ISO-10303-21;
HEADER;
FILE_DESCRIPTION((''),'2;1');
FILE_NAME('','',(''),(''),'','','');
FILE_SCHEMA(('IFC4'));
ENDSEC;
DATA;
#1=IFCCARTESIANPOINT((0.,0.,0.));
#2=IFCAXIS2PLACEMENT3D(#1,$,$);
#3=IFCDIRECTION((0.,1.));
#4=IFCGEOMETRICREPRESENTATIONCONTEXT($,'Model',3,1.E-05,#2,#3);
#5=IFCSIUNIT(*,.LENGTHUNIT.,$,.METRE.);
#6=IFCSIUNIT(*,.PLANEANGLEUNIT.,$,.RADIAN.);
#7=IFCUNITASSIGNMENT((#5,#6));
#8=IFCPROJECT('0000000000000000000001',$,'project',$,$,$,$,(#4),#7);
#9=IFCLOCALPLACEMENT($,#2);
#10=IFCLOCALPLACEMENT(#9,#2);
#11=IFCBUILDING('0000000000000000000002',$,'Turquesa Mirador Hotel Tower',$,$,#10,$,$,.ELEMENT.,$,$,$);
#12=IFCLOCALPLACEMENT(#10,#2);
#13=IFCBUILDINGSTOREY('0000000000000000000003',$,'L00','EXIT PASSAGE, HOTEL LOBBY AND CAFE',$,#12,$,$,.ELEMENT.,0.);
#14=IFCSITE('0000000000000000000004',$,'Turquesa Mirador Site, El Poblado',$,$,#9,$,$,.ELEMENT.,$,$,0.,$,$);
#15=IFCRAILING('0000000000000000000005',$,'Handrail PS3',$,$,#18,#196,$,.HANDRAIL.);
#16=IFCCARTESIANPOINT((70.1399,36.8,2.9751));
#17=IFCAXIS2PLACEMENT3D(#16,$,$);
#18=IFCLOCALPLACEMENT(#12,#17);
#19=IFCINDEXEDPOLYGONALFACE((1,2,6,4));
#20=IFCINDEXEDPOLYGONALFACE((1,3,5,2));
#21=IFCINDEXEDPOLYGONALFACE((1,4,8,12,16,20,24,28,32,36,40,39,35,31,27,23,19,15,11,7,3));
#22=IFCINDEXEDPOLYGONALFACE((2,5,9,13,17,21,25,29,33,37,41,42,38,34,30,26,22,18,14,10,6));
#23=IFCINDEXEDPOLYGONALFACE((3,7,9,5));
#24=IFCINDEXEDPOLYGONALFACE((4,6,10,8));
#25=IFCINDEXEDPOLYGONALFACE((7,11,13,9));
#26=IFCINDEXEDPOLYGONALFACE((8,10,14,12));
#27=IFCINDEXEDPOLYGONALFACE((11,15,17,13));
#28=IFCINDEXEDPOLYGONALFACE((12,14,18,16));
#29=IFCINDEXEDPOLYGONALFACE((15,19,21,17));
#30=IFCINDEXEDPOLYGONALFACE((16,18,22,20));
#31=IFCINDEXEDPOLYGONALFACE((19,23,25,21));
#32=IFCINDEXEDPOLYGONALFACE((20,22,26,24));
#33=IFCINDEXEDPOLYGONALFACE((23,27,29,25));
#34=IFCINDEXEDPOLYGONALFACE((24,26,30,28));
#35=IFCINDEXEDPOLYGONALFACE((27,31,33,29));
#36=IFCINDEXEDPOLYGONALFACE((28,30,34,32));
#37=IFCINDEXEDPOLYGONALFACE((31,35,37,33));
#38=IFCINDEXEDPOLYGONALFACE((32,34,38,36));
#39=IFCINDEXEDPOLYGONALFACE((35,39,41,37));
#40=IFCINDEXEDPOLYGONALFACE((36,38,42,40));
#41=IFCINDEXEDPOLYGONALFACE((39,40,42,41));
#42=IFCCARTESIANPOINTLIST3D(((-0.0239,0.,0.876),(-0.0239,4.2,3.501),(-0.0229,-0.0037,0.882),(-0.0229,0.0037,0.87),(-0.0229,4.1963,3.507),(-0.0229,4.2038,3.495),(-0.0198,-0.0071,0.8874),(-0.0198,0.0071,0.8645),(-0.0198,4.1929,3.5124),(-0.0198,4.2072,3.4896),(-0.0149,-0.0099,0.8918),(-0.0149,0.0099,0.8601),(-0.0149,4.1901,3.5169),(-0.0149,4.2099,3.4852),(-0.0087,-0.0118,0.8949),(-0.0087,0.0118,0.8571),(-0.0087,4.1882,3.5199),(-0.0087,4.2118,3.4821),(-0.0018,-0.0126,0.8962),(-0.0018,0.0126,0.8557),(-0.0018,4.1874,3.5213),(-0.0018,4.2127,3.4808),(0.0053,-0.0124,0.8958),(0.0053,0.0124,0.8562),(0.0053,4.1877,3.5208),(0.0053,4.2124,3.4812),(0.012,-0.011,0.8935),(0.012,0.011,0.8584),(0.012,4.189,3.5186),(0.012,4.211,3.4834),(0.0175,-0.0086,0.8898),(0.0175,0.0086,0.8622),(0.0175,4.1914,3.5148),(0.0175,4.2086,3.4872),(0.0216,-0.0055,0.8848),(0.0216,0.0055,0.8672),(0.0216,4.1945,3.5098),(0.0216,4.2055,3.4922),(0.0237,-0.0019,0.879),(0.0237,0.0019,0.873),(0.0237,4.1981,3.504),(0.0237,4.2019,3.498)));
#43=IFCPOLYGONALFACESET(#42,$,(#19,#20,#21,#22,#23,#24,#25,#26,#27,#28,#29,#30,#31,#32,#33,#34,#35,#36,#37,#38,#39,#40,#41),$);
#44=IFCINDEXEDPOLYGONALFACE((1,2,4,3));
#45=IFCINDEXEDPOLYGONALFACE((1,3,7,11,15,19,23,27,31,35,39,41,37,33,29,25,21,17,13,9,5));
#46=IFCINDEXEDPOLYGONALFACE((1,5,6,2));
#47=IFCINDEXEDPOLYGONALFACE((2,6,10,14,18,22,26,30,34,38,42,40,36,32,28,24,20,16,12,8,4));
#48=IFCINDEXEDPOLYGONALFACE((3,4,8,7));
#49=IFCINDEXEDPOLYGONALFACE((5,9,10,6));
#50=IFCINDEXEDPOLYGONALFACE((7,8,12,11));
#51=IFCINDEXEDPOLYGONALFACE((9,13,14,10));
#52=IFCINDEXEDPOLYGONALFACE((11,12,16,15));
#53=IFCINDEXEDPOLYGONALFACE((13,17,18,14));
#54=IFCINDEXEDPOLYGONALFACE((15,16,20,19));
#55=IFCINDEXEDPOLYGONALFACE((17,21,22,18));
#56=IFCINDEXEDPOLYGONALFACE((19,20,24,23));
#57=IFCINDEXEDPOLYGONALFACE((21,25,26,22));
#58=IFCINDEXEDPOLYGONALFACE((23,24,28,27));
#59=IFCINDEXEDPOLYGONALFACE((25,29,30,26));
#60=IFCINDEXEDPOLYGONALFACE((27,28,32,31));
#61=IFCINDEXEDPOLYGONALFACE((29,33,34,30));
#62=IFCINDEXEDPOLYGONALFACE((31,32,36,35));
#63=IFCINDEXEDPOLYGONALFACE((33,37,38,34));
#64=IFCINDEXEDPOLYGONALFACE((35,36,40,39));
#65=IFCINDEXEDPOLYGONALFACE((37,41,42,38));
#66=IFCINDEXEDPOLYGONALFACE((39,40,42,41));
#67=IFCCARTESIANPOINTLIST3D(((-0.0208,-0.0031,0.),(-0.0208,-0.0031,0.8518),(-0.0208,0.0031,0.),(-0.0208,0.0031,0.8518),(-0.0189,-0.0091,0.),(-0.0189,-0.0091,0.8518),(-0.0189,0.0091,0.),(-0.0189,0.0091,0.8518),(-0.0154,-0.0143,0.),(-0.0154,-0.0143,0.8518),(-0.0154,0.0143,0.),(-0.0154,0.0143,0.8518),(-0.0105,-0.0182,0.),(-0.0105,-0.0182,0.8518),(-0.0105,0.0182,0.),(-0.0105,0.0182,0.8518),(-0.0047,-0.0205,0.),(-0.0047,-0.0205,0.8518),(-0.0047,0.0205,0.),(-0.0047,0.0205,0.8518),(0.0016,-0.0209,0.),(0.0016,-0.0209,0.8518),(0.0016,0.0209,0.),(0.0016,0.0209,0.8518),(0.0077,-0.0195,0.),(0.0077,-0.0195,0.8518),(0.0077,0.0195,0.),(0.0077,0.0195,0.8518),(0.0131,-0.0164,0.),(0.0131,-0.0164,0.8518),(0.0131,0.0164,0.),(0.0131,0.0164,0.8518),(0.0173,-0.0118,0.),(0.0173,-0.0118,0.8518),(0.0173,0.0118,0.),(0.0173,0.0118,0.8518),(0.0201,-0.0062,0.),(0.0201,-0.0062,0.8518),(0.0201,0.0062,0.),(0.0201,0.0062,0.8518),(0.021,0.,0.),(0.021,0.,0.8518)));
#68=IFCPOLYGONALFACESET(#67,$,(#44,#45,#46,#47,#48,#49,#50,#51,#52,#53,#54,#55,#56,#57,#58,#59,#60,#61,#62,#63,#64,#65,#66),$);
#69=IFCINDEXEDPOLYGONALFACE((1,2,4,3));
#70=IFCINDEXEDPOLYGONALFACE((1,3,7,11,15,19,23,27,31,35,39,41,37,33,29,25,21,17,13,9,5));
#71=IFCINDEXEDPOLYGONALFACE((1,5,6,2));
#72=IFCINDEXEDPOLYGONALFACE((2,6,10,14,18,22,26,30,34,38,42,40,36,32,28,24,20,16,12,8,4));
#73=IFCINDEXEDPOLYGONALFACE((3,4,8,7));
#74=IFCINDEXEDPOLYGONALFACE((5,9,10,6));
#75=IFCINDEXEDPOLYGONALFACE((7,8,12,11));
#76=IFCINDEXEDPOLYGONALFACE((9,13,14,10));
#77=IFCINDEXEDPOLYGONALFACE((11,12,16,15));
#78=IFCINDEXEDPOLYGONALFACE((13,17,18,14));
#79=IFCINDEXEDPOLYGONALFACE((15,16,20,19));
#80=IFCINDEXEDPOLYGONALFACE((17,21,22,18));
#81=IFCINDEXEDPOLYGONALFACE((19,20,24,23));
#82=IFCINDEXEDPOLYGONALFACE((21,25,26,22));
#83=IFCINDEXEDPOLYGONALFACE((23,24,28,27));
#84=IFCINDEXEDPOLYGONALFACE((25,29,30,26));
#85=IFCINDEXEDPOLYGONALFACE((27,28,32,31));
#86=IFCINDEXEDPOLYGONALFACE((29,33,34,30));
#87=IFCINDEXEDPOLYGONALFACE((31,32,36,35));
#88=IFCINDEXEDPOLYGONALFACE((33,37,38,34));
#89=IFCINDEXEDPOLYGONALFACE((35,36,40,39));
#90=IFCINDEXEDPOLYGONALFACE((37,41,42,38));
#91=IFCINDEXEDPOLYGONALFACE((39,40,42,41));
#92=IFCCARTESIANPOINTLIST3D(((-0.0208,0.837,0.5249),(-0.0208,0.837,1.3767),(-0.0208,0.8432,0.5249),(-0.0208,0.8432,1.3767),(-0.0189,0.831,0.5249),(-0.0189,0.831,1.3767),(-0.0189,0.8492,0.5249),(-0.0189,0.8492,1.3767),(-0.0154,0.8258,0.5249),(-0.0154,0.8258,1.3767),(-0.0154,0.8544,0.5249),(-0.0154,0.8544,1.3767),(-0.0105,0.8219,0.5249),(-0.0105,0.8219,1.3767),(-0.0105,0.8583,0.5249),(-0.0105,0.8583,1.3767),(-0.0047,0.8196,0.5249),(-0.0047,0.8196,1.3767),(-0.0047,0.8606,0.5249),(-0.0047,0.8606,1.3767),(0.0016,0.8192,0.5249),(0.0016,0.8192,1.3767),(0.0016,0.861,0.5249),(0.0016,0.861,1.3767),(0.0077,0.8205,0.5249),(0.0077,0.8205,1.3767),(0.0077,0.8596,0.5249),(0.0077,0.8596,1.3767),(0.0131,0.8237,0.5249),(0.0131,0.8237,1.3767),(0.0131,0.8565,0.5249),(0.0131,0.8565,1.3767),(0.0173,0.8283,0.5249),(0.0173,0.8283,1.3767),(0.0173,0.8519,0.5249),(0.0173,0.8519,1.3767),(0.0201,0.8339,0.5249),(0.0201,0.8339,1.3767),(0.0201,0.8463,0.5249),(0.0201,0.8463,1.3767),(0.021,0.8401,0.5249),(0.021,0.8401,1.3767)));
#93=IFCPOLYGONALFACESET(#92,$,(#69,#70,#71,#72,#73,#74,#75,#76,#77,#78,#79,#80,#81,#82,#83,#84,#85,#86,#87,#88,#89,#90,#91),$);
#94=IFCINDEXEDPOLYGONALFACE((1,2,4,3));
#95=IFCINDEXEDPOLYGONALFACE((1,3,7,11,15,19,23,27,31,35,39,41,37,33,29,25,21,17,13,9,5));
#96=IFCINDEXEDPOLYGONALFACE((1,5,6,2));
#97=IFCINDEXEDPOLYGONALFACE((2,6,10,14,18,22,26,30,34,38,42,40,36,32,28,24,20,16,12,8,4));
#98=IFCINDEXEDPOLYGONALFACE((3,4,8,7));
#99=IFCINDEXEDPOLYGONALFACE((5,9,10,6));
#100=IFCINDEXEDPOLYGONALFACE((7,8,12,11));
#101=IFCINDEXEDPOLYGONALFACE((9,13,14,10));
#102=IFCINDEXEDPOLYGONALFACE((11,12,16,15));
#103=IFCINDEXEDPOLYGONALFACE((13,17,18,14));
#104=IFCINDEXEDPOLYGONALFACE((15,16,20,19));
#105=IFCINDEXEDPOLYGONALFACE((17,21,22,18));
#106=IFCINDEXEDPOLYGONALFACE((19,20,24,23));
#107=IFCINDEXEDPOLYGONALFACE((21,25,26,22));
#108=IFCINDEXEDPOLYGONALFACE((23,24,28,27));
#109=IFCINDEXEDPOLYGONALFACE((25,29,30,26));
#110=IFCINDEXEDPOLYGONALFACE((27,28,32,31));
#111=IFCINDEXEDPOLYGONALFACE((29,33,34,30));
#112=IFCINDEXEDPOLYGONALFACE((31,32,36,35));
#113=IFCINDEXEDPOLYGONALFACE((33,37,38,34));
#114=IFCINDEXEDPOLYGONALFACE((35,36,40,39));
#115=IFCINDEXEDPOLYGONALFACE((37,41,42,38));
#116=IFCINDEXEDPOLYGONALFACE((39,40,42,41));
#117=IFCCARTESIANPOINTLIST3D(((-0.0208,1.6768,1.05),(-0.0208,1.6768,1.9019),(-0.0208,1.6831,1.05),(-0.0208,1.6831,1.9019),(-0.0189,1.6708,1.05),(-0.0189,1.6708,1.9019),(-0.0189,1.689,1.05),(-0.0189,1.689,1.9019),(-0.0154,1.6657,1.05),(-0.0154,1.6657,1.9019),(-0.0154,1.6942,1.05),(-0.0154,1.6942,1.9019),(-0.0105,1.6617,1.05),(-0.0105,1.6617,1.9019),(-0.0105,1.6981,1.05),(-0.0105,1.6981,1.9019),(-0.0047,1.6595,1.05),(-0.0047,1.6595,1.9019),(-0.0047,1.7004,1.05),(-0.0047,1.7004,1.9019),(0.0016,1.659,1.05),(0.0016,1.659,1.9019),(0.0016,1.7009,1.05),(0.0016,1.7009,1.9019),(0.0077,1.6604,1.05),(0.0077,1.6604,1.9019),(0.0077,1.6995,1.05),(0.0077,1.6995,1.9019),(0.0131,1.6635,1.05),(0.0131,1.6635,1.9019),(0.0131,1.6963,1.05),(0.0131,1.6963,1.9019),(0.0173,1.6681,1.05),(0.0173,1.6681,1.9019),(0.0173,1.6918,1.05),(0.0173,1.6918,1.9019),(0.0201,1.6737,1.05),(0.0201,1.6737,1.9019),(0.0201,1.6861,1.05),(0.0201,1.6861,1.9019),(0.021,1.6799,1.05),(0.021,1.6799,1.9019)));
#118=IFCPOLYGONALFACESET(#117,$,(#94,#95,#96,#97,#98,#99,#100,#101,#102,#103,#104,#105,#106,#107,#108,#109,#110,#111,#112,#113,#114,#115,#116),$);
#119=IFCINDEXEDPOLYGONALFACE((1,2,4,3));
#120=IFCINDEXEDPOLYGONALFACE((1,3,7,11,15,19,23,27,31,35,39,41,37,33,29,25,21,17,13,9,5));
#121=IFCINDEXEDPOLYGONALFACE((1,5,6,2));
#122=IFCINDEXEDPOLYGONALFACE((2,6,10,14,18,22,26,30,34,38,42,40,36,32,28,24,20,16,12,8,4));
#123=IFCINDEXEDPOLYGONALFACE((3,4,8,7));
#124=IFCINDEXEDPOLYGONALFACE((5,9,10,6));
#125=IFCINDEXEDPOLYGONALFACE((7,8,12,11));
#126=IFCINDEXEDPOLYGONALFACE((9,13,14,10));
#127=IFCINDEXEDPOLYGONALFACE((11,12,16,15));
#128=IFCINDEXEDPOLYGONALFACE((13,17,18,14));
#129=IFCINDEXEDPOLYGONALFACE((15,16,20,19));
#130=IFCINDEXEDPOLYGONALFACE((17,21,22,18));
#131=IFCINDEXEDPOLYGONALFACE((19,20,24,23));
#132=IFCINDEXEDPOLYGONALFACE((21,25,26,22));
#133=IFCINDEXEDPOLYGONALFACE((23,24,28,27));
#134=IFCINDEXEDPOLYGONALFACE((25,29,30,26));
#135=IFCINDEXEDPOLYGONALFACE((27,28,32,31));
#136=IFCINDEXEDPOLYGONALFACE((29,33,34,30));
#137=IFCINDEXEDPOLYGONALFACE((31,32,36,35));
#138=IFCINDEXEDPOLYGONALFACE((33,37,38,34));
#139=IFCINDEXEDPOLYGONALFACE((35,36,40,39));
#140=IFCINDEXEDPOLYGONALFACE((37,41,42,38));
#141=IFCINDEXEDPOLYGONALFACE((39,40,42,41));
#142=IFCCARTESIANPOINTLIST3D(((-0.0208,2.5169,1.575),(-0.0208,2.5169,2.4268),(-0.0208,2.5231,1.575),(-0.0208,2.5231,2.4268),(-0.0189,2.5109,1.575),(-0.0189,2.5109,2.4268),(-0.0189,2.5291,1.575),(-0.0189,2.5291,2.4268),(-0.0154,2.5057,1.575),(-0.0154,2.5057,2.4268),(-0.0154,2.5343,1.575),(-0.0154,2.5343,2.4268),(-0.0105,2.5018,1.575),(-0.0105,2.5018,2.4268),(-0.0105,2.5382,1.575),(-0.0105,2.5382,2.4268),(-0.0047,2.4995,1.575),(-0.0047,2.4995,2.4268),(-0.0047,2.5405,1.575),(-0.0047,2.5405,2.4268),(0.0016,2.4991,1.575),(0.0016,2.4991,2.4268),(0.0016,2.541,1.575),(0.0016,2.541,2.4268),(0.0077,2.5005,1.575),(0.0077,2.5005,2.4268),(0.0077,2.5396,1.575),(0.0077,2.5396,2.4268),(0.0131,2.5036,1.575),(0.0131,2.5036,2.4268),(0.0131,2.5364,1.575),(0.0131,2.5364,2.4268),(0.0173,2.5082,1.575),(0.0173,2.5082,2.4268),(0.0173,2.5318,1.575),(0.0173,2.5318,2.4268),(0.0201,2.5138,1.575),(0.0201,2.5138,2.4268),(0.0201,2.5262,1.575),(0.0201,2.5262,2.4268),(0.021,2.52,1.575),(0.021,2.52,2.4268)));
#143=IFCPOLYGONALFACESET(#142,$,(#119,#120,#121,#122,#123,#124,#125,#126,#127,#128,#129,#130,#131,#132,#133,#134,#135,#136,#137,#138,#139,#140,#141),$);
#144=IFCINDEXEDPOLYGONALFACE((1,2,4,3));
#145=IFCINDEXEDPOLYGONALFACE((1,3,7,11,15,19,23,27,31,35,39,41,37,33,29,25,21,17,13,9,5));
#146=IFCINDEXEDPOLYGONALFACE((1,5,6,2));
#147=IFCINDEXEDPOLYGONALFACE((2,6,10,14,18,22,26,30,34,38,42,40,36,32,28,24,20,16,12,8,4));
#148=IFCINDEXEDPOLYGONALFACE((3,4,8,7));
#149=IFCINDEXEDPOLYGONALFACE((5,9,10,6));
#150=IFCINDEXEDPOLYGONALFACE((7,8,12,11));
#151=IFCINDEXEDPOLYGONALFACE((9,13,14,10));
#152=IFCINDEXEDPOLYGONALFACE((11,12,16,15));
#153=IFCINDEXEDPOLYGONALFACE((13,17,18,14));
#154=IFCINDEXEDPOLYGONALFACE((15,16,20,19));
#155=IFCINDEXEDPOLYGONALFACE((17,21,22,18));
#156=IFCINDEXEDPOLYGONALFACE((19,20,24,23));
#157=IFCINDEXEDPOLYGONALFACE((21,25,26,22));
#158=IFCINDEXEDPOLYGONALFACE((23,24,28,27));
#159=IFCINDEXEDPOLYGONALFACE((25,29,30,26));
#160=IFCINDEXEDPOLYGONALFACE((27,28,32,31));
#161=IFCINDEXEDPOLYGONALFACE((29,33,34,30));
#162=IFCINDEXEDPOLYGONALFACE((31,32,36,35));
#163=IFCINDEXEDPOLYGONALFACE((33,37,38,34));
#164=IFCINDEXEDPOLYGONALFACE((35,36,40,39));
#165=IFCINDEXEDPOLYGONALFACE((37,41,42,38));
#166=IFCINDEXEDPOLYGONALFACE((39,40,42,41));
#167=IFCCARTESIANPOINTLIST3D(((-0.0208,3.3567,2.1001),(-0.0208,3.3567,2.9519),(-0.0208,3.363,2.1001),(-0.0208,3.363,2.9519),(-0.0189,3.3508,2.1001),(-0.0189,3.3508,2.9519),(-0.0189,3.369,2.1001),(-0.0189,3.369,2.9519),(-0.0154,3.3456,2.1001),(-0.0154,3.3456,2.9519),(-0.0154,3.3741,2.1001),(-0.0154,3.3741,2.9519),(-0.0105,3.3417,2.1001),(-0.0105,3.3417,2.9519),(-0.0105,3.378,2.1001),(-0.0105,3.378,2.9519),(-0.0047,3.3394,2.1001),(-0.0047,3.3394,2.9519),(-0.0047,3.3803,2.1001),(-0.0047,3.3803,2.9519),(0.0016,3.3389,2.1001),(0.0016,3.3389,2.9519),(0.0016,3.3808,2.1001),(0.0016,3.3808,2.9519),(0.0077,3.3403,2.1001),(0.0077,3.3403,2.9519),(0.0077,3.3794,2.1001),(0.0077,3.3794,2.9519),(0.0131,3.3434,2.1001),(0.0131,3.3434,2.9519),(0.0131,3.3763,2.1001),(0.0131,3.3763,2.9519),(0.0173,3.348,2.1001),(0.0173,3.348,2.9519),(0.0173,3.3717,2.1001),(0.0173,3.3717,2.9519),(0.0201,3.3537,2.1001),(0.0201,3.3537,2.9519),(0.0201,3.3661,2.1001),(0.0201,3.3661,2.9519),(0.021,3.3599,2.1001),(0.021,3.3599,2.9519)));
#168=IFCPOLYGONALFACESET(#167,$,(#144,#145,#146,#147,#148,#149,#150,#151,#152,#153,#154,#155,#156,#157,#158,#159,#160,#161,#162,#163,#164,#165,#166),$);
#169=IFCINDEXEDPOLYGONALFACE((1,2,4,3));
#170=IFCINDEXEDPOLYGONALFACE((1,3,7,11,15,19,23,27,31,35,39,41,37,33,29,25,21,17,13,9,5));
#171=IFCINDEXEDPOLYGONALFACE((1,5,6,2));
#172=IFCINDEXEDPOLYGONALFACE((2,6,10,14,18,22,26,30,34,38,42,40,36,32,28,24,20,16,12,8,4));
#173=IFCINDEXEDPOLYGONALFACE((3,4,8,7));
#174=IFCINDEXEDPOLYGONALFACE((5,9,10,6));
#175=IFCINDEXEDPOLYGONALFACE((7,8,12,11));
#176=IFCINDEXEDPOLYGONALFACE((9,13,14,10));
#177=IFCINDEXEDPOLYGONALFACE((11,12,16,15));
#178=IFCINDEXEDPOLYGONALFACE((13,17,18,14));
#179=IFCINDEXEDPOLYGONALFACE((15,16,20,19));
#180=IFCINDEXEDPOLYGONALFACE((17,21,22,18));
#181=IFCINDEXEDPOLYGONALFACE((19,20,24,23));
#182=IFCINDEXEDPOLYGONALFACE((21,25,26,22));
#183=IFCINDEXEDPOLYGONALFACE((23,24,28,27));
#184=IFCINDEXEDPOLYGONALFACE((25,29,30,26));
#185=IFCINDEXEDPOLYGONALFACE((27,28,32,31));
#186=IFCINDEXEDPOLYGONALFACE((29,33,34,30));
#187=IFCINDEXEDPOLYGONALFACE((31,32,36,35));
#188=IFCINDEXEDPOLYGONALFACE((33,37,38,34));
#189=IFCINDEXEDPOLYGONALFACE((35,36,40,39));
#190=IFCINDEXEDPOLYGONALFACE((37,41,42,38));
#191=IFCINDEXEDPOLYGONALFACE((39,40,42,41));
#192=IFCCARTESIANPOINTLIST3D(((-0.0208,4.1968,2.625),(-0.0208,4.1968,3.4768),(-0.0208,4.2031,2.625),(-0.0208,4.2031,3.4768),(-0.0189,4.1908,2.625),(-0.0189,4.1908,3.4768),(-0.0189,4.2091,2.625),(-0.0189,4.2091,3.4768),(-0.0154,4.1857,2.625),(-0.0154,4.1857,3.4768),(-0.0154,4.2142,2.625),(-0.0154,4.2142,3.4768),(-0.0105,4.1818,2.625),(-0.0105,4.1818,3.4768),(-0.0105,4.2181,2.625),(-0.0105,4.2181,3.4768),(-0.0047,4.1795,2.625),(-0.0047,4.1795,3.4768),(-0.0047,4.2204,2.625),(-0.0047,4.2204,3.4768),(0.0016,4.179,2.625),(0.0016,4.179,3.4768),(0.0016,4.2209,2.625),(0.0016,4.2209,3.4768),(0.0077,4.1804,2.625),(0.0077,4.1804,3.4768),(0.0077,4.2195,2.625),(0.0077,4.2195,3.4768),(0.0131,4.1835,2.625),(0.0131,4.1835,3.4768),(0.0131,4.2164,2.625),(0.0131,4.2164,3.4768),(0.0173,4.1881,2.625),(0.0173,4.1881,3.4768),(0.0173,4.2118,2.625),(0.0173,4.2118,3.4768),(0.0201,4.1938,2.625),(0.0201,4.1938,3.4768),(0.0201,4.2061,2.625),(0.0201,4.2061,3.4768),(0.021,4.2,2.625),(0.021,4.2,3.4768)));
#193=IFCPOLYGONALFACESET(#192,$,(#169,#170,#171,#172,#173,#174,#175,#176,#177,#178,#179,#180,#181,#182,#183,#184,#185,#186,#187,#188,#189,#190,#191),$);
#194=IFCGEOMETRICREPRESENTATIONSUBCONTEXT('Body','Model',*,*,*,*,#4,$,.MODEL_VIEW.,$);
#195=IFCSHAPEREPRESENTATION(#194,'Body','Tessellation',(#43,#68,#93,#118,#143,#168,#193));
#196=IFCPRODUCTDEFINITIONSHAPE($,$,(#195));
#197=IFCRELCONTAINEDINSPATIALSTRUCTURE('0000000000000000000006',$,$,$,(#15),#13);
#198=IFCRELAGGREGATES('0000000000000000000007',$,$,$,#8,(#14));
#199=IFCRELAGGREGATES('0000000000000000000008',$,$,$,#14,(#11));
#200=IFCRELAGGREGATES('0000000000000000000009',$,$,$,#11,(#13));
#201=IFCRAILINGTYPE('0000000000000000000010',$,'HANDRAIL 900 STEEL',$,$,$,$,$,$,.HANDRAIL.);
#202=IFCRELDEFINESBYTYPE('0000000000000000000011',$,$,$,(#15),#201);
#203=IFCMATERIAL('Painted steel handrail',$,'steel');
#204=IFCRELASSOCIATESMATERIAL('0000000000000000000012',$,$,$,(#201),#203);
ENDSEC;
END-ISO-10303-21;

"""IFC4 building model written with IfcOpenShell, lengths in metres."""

from ifc_helpers import new_model, si_unit, direction, frame, origin, origin_2d, place, context, subcontext, project, spatial, circle, extrude, material, type_object, element, save


model = new_model("IFC4")

# Units and contexts
model_context = context("Model", 3, precision=1e-05, world=origin(), true_north=direction((0.0, 1.0)))
body_context = subcontext(model_context, "Body", "Model", "MODEL_VIEW")
ifc_project = project(units=[si_unit("LENGTHUNIT", "METRE"), si_unit("PLANEANGLEUNIT", "RADIAN")], contexts=[model_context])

# Site, building, storey
site_placement = place(None, origin())
site = spatial("IfcSite", under=ifc_project, at=site_placement, Name="Turquesa Mirador Site, El Poblado", CompositionType="ELEMENT", RefElevation=0.0)
building_placement = place(site_placement, origin())
building = spatial("IfcBuilding", under=site, at=building_placement, Name="Turquesa Mirador Hotel Tower", CompositionType="ELEMENT")
storey_placement = place(building_placement, origin())
storey = spatial("IfcBuildingStorey", under=building, at=storey_placement, Name="L00", Description="EXIT PASSAGE, HOTEL LOBBY AND CAFE", CompositionType="ELEMENT", Elevation=0.0)

# Railing
ifc_material_1 = material(Name="Painted steel handrail", Category="steel")
railing_type = type_object("IfcRailingType", Name="HANDRAIL 900 STEEL", PredefinedType="HANDRAIL", material=ifc_material_1)
railing_1_placement = place(storey_placement, frame((70.1399, 36.8, 2.9751)))
element("IfcRailing", 1, at=railing_1_placement, inside=storey, type_object=railing_type, Name="Handrail PS3", PredefinedType="HANDRAIL", context=body_context, shape_type="SweptSolid", body=[
    extrude(circle(Radius=0.0239, at=origin_2d()), frame((0.0, 0.0, 0.876), z_axis=(0.0, 0.847996, 0.530003), x_axis=(-1.0, 0.0, 0.0)), (0.0, 0.0, 1.0), 4.9529),
    extrude(circle(Radius=0.021, at=origin_2d()), origin(), (0.0, 0.0, 1.0), 0.8518),
    extrude(circle(Radius=0.021, at=origin_2d()), frame((0.0, 0.8401, 0.5249)), (0.0, 0.0, 1.0), 0.8518),
    extrude(circle(Radius=0.021, at=origin_2d()), frame((0.0, 1.6799, 1.05)), (0.0, 0.0, 1.0), 0.8518),
    extrude(circle(Radius=0.021, at=origin_2d()), frame((0.0, 2.52, 1.575)), (0.0, 0.0, 1.0), 0.8518),
    extrude(circle(Radius=0.021, at=origin_2d()), frame((0.0, 3.3599, 2.1001)), (0.0, 0.0, 1.0), 0.8518),
    extrude(circle(Radius=0.021, at=origin_2d()), frame((0.0, 4.2, 2.625)), (0.0, 0.0, 1.0), 0.8518),
])

save(model, "model.ifc")
